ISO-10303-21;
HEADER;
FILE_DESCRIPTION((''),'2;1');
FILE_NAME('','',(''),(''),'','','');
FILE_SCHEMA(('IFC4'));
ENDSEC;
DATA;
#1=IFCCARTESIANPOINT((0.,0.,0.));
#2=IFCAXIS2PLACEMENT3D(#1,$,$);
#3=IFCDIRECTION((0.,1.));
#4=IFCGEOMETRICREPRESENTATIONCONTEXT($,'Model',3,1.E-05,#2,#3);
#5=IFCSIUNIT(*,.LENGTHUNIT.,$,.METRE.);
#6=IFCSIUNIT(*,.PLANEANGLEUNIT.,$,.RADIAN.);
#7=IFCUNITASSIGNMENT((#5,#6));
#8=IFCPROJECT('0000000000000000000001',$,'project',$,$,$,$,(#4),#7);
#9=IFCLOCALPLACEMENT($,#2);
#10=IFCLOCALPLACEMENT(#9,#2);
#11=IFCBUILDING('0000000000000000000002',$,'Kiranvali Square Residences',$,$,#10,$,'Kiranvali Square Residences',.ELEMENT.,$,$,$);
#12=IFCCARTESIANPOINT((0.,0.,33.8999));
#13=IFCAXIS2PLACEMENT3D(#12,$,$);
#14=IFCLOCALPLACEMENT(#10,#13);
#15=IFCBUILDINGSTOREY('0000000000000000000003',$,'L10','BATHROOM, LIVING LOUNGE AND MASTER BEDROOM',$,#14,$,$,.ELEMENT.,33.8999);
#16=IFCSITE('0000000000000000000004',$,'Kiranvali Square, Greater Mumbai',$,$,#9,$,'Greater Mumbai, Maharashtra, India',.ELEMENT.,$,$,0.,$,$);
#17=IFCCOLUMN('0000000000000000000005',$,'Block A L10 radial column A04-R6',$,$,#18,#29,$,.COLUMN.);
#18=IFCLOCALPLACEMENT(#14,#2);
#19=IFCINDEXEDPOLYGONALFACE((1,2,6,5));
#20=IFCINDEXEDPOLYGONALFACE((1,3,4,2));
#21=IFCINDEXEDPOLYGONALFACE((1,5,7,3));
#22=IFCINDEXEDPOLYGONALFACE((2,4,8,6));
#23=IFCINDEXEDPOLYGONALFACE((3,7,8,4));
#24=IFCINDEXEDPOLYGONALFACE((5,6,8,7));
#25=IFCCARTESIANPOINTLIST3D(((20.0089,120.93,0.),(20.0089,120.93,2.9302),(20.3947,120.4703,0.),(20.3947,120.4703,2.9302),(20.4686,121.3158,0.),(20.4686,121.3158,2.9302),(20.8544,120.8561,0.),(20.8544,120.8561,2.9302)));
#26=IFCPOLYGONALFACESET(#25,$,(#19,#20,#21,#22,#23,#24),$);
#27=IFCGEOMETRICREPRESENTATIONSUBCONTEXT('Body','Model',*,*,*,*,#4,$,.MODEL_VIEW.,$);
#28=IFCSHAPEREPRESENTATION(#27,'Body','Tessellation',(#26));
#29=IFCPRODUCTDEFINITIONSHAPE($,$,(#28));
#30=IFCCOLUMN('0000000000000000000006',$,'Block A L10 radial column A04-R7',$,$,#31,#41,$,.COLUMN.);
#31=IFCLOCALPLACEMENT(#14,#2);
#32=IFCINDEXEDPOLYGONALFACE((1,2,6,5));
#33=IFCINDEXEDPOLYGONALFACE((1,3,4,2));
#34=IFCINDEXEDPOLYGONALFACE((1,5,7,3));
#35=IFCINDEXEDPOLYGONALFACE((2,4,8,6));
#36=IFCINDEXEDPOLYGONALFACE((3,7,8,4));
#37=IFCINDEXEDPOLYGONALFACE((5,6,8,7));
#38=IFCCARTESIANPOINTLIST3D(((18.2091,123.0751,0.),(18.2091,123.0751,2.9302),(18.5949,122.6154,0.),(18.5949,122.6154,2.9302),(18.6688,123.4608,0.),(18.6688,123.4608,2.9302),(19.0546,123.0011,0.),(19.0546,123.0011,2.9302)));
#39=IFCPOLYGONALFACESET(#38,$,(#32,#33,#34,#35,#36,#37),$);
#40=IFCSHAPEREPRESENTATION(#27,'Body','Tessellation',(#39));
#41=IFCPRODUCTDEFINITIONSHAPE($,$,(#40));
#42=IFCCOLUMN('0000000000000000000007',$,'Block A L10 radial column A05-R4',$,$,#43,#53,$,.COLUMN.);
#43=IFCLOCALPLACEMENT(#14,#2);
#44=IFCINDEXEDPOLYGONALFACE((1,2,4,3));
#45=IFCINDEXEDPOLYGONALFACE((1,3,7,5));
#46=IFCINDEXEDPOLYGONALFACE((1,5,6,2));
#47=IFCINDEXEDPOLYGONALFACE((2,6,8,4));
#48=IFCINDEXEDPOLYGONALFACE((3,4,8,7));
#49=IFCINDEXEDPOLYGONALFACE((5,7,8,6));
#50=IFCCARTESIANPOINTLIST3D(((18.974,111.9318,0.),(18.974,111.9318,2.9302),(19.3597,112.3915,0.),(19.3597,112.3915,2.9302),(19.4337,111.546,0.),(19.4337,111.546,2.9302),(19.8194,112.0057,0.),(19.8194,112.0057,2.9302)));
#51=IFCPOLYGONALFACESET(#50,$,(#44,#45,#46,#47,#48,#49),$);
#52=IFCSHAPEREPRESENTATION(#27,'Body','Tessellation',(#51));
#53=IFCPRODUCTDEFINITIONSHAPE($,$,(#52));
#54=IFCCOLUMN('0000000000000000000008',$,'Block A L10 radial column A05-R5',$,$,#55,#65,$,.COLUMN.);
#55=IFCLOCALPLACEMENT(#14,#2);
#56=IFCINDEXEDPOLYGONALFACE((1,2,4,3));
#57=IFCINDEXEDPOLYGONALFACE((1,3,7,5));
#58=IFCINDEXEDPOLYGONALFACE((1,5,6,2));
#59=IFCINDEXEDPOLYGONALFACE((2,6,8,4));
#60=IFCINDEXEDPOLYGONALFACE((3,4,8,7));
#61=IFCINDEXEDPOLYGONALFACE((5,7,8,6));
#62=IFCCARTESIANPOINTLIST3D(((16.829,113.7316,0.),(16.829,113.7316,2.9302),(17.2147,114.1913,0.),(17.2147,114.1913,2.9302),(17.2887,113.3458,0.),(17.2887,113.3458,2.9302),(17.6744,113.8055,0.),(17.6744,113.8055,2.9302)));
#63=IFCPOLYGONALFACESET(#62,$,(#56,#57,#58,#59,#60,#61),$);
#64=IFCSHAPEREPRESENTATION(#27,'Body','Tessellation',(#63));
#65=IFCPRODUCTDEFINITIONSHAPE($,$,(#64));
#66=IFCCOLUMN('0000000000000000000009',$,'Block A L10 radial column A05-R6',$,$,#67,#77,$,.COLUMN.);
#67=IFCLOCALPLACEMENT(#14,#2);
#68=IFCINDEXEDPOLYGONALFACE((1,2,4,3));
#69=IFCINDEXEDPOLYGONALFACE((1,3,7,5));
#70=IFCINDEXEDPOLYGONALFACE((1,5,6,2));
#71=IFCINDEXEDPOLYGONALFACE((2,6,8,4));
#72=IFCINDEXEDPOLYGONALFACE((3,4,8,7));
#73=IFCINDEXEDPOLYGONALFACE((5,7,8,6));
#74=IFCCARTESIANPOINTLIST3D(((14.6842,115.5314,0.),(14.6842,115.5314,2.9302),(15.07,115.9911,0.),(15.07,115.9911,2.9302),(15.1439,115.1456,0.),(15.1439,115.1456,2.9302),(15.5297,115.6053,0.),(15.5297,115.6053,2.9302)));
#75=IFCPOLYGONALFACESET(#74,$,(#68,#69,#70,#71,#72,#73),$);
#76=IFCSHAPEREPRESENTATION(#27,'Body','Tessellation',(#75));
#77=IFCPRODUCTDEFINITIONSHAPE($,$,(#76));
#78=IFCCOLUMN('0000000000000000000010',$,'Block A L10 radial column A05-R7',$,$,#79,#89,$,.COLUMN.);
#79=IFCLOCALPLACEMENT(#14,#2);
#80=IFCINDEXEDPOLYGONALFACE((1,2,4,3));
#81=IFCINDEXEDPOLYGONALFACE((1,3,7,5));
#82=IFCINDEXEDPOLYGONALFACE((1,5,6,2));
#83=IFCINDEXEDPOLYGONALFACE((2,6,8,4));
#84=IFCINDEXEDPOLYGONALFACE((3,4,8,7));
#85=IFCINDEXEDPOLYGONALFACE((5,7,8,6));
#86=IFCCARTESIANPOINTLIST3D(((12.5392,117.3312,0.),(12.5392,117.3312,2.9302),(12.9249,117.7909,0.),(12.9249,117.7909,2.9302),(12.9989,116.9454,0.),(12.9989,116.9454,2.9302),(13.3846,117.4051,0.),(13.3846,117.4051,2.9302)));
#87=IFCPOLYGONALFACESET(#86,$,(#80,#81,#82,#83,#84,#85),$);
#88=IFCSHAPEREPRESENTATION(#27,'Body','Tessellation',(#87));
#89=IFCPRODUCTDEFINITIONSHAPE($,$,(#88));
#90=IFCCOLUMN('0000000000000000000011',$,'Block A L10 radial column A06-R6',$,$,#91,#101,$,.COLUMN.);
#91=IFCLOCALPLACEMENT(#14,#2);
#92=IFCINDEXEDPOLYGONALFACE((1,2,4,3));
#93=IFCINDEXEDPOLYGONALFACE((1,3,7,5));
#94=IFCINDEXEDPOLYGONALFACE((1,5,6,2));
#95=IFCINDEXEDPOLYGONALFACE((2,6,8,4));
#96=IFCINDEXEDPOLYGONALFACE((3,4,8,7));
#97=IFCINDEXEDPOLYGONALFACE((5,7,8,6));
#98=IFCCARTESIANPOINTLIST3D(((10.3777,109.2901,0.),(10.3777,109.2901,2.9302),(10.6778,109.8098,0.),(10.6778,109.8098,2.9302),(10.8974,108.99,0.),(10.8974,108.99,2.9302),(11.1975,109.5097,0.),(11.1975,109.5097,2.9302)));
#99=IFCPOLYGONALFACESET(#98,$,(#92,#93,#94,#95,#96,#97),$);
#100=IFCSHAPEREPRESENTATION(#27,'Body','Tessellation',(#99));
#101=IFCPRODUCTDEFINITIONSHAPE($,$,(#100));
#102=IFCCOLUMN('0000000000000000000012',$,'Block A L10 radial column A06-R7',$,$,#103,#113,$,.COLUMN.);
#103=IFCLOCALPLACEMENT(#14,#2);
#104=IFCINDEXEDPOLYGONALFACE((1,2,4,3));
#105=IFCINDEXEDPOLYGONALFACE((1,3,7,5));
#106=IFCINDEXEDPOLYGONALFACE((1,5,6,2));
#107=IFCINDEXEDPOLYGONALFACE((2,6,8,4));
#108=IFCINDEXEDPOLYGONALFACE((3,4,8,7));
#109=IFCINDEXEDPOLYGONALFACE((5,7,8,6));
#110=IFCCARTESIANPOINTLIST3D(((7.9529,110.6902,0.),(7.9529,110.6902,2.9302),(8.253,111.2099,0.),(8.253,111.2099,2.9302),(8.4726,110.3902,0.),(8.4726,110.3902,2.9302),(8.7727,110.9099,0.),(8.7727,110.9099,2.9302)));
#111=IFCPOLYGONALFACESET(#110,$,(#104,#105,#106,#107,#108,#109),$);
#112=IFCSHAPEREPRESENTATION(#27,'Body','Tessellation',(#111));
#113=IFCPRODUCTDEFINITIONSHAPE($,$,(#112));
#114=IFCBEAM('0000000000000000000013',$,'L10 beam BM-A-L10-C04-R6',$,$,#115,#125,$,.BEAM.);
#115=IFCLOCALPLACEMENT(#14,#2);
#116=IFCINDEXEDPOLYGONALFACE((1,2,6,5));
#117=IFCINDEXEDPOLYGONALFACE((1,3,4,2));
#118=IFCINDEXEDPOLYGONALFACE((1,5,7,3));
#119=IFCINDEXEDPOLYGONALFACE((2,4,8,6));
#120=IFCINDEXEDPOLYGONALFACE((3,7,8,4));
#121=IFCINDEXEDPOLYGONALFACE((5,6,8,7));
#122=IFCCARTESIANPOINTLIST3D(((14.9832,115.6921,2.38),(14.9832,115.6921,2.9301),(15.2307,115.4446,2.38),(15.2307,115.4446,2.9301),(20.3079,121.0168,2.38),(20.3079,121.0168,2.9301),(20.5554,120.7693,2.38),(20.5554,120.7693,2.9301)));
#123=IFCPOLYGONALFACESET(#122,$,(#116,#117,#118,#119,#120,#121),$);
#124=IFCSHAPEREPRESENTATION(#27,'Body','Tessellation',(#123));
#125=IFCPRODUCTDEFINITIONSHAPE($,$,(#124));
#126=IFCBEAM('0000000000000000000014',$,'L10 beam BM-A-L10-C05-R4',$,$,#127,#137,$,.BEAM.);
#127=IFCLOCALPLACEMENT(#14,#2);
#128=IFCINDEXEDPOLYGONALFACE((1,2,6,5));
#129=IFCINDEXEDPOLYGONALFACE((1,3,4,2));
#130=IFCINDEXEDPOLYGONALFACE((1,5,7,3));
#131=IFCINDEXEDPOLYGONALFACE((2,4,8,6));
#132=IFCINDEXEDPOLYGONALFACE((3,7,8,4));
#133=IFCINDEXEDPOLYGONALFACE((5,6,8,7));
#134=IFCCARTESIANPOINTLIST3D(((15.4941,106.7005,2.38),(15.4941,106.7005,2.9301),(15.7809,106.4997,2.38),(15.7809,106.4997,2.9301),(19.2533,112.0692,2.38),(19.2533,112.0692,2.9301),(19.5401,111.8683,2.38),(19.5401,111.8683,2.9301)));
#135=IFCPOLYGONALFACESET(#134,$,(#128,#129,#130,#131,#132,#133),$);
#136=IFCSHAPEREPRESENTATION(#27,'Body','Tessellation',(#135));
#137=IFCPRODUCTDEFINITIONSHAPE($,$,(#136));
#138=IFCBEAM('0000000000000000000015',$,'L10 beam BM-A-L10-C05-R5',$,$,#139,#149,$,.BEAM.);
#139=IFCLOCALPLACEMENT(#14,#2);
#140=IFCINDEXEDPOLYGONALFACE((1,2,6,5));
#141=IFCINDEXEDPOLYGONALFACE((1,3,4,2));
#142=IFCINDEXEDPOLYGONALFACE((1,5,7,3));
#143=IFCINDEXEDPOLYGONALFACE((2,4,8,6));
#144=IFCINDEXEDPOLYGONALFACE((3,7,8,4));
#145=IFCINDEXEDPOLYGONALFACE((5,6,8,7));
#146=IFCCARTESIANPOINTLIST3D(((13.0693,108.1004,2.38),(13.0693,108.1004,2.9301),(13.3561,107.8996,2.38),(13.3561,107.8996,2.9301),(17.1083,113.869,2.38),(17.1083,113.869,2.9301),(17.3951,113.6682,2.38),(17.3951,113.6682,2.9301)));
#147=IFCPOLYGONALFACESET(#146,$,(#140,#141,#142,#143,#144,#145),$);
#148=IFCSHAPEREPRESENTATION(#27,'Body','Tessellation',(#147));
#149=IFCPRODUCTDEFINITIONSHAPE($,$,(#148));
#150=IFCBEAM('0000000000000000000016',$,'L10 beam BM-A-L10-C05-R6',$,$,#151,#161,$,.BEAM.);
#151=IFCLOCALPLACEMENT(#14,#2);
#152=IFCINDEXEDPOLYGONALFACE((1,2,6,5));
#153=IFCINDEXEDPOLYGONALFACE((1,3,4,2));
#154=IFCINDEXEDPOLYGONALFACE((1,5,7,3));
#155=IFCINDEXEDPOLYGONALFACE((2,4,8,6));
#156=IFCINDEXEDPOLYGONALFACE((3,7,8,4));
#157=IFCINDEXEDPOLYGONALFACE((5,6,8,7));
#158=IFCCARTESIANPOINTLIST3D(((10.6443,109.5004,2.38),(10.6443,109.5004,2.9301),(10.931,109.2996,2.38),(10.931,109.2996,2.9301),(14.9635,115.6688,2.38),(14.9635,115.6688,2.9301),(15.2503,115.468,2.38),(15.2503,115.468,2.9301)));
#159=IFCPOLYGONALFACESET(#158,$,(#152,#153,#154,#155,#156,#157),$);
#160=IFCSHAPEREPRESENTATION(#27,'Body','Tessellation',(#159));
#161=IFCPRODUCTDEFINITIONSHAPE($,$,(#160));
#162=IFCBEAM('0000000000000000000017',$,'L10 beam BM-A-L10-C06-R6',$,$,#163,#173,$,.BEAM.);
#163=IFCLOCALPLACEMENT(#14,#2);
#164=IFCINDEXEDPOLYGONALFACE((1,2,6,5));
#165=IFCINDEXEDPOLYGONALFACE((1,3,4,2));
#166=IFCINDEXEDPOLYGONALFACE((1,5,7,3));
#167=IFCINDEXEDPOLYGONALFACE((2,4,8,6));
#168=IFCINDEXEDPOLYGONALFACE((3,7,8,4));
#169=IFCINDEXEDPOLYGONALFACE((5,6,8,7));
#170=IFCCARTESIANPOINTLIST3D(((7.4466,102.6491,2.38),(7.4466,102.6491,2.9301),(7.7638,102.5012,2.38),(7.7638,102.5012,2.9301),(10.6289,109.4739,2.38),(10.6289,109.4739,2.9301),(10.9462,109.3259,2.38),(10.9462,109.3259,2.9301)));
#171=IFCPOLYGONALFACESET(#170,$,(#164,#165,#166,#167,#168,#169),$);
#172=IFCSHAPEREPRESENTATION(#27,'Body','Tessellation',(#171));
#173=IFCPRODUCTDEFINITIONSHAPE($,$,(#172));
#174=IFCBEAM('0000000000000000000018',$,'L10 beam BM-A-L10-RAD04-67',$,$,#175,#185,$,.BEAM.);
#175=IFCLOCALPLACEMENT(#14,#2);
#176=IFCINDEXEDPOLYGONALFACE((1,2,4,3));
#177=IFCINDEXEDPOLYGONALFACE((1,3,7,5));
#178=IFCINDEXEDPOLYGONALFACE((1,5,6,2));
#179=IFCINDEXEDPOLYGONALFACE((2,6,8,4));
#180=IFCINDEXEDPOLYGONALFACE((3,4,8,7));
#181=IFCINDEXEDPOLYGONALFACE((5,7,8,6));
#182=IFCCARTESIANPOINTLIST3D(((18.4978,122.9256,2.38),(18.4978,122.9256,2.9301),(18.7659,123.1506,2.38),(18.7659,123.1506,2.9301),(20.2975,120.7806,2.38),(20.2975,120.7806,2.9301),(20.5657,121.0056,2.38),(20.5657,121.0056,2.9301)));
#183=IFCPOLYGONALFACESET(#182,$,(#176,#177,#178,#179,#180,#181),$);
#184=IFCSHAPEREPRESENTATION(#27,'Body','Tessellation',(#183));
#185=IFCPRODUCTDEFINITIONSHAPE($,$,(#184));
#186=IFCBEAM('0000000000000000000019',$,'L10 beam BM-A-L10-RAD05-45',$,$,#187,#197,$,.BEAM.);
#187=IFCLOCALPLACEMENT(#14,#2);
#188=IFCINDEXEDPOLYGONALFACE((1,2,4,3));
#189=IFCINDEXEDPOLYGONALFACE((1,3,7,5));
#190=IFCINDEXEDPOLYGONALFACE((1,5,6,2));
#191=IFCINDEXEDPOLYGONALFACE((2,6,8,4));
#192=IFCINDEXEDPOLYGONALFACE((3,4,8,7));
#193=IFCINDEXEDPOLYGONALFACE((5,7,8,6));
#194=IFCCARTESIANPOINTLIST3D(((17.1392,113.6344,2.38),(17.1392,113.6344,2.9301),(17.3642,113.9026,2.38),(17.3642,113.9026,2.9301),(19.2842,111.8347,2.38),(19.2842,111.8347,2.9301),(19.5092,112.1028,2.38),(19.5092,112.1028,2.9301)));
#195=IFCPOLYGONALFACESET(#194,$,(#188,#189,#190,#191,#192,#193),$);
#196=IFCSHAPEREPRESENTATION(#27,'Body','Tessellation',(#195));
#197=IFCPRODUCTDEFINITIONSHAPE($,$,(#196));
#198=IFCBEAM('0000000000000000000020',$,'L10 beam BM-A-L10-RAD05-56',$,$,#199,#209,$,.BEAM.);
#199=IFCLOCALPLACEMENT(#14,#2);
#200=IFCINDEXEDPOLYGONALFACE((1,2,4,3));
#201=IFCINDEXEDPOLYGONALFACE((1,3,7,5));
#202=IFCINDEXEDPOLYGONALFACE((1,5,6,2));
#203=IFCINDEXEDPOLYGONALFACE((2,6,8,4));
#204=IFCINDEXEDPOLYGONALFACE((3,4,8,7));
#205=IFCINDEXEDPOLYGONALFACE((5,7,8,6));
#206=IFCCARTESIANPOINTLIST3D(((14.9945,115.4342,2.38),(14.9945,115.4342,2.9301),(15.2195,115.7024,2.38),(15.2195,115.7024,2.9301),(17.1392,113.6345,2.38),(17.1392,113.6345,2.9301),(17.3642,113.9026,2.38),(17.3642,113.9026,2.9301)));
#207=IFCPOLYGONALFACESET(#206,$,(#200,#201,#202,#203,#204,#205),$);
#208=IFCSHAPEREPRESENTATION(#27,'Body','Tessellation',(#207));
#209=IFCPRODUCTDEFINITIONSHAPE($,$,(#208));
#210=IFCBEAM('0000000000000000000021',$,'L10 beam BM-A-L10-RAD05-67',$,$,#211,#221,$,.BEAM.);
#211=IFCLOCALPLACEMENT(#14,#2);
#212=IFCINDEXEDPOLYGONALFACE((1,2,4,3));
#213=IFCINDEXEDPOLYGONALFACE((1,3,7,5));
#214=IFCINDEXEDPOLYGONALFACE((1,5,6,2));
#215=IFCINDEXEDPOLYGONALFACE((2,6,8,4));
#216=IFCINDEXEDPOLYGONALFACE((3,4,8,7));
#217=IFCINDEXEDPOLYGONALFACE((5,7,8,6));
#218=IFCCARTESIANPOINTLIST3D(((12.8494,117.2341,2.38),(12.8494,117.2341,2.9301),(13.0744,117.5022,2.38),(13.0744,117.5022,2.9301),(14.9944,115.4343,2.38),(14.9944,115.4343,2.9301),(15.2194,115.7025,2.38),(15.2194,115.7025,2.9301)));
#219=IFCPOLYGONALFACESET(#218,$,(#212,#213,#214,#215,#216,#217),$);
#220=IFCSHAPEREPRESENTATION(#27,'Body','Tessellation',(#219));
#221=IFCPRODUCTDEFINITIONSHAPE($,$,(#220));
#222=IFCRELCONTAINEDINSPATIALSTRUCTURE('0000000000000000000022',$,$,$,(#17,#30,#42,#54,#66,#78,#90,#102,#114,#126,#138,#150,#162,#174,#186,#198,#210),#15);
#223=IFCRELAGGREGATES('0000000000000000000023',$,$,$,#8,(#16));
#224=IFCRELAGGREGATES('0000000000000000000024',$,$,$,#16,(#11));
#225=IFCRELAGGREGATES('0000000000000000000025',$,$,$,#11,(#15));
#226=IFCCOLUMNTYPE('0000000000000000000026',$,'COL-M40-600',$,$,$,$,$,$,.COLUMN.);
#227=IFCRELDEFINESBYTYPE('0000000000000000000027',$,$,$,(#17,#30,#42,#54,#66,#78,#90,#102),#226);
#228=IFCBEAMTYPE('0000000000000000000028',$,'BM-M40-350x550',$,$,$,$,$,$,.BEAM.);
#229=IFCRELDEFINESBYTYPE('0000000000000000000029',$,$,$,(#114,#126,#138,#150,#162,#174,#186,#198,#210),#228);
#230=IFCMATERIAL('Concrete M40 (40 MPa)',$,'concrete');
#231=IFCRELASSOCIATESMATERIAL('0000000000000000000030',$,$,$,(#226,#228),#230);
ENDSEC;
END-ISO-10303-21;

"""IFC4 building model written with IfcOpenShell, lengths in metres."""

from ifc_helpers import new_model, si_unit, direction, frame, origin, origin_2d, place, context, subcontext, project, spatial, rectangle, extrude, material, material_profile, profile_set, type_object, element, save


model = new_model("IFC4")

# Units and contexts
model_context = context("Model", 3, precision=1e-05, world=origin(), true_north=direction((0.0, 1.0)))
body_context = subcontext(model_context, "Body", "Model", "MODEL_VIEW")
ifc_project = project(units=[si_unit("LENGTHUNIT", "METRE"), si_unit("PLANEANGLEUNIT", "RADIAN")], contexts=[model_context])

# Site, building, storey
site_placement = place(None, origin())
site = spatial("IfcSite", under=ifc_project, at=site_placement, Name="Kiranvali Square, Greater Mumbai", LongName="Greater Mumbai, Maharashtra, India", CompositionType="ELEMENT", RefElevation=0.0)
building_placement = place(site_placement, origin())
building = spatial("IfcBuilding", under=site, at=building_placement, Name="Kiranvali Square Residences", LongName="Kiranvali Square Residences", CompositionType="ELEMENT")
storey_placement = place(building_placement, frame((0.0, 0.0, 33.8999)))
storey = spatial("IfcBuildingStorey", under=building, at=storey_placement, Name="L10", Description="BATHROOM, LIVING LOUNGE AND MASTER BEDROOM", CompositionType="ELEMENT", Elevation=33.8999)

# Columns
ifc_material_1 = material(Name="Concrete M40 (40 MPa)", Category="concrete")
ifc_material_profile_1 = material_profile(ifc_material_1, rectangle(XDim=0.6001, YDim=0.6001, at=origin_2d()), Name="RC 600x600")
ifc_profile_set_1 = profile_set([ifc_material_profile_1], Name="Concrete M40 (40 MPa)")
column_type = type_object("IfcColumnType", Name="COL-M40-600", PredefinedType="COLUMN", material=ifc_profile_set_1)
for number, where, z_axis, x_axis, name in (
    (1, (20.4316, 120.8931, 0.0), (0.0, 0.0, 1.0), (0.766044, 0.642788, 0.0), "Block A L10 radial column A04-R6"),
    (2, (18.6318, 123.0381, 0.0), (0.0, 0.0, 1.0), (0.766044, 0.642788, 0.0), "Block A L10 radial column A04-R7"),
    (3, (19.3967, 111.9688, 0.0), (0.0, 0.0, 1.0), (0.642788, 0.766044, 0.0), "Block A L10 radial column A05-R4"),
    (4, (17.2517, 113.7686, 0.0), (0.0, 0.0, 1.0), (0.642788, 0.766044, 0.0), "Block A L10 radial column A05-R5"),
    (5, (15.1069, 115.5684, 0.0), (0.0, 0.0, 1.0), (0.642788, 0.766044, 0.0), "Block A L10 radial column A05-R6"),
    (6, (12.9619, 117.3682, 0.0), (0.0, 0.0, 1.0), (0.642788, 0.766044, 0.0), "Block A L10 radial column A05-R7"),
    (7, (10.7876, 109.3999, 0.0), (0.0, 0.0, 1.0), (0.5, 0.866025, 0.0), "Block A L10 radial column A06-R6"),
    (8, (8.3628, 110.8, 0.0), (0.0, 0.0, 1.0), (0.5, 0.866025, 0.0), "Block A L10 radial column A06-R7"),
):
    element("IfcColumn", number, at=place(storey_placement, frame(where, z_axis=z_axis, x_axis=x_axis)), inside=storey, type_object=column_type, Name=name, PredefinedType="COLUMN", context=body_context, shape_type="SweptSolid", body=[
        extrude(rectangle(XDim=0.6001, YDim=0.6001, at=origin_2d()), origin(), (0.0, 0.0, 1.0), 2.9302),
    ])

# Beams
ifc_material_profile_2 = material_profile(ifc_material_1, rectangle(XDim=0.3501, YDim=0.55, at=origin_2d()), Name="RC 350x550")
ifc_profile_set_2 = profile_set([ifc_material_profile_2], Name="Concrete M40 (40 MPa)")
beam_type_1 = type_object("IfcBeamType", Name="BM-M40-350x550", PredefinedType="BEAM", material=ifc_profile_set_2)
beam_1_placement = place(storey_placement, frame((20.4316, 120.8931, 2.655), z_axis=(-0.707107, -0.707107, 0.0), x_axis=(0.707107, -0.707107, 0.0)))
element("IfcBeam", 9, at=beam_1_placement, inside=storey, type_object=beam_type_1, Name="L10 beam BM-A-L10-C04-R6", PredefinedType="BEAM", context=body_context, shape_type="SweptSolid", body=[
    extrude(rectangle(XDim=0.3501, YDim=0.55, at=origin_2d()), origin(), (0.0, 0.0, 1.0), 7.5303),
])
beam_2_placement = place(storey_placement, frame((19.3967, 111.9688, 2.655), z_axis=(-0.573587, -0.819144, 0.0), x_axis=(0.819144, -0.573587, 0.0)))
element("IfcBeam", 10, at=beam_2_placement, inside=storey, type_object=beam_type_1, Name="L10 beam BM-A-L10-C05-R4", PredefinedType="BEAM", context=body_context, shape_type="SweptSolid", body=[
    extrude(rectangle(XDim=0.3501, YDim=0.55, at=origin_2d()), origin(), (0.0, 0.0, 1.0), 6.554),
])
beam_3_placement = place(storey_placement, frame((17.2517, 113.7686, 2.655), z_axis=(-0.573565, -0.81916, 0.0), x_axis=(0.81916, -0.573565, 0.0)))
element("IfcBeam", 11, at=beam_3_placement, inside=storey, type_object=beam_type_1, Name="L10 beam BM-A-L10-C05-R5", PredefinedType="BEAM", context=body_context, shape_type="SweptSolid", body=[
    extrude(rectangle(XDim=0.3501, YDim=0.55, at=origin_2d()), origin(), (0.0, 0.0, 1.0), 7.042),
])
for number, where, z_axis, x_axis, name in (
    (12, (15.1069, 115.5684, 2.655), (-0.573589, -0.819144, 0.0), (0.819144, -0.573589, 0.0), "L10 beam BM-A-L10-C05-R6"),
    (13, (10.7876, 109.3999, 2.655), (-0.422614, -0.90631, 0.0), (0.90631, -0.422614, 0.0), "L10 beam BM-A-L10-C06-R6"),
):
    element("IfcBeam", number, at=place(storey_placement, frame(where, z_axis=z_axis, x_axis=x_axis)), inside=storey, type_object=beam_type_1, Name=name, PredefinedType="BEAM", context=body_context, shape_type="SweptSolid", body=[
        extrude(rectangle(XDim=0.3501, YDim=0.55, at=origin_2d()), origin(), (0.0, 0.0, 1.0), 7.5303),
    ])
for number, where, z_axis, x_axis, name in (
    (14, (20.4316, 120.8931, 2.655), (-0.642771, 0.766059, 0.0), (-0.766059, -0.642771, 0.0), "L10 beam BM-A-L10-RAD04-67"),
    (15, (19.3967, 111.9688, 2.655), (-0.766059, 0.642771, 0.0), (-0.642771, -0.766059, 0.0), "L10 beam BM-A-L10-RAD05-45"),
):
    element("IfcBeam", number, at=place(storey_placement, frame(where, z_axis=z_axis, x_axis=x_axis)), inside=storey, type_object=beam_type_1, Name=name, PredefinedType="BEAM", context=body_context, shape_type="SweptSolid", body=[
        extrude(rectangle(XDim=0.3501, YDim=0.55, at=origin_2d()), origin(), (0.0, 0.0, 1.0), 2.8),
    ])
beam_4_placement = place(storey_placement, frame((17.2517, 113.7686, 2.655), z_axis=(-0.766023, 0.642814, 0.0), x_axis=(-0.642814, -0.766023, 0.0)))
element("IfcBeam", 16, at=beam_4_placement, inside=storey, type_object=beam_type_1, Name="L10 beam BM-A-L10-RAD05-56", PredefinedType="BEAM", context=body_context, shape_type="SweptSolid", body=[
    extrude(rectangle(XDim=0.3501, YDim=0.55, at=origin_2d()), origin(), (0.0, 0.0, 1.0), 2.7998),
])
for number, where, z_axis, x_axis, name in (
    (17, (15.1069, 115.5684, 2.655), (-0.766059, 0.642771, 0.0), (-0.642771, -0.766059, 0.0), "L10 beam BM-A-L10-RAD05-67"),
):
    element("IfcBeam", number, at=place(storey_placement, frame(where, z_axis=z_axis, x_axis=x_axis)), inside=storey, type_object=beam_type_1, Name=name, PredefinedType="BEAM", context=body_context, shape_type="SweptSolid", body=[
        extrude(rectangle(XDim=0.3501, YDim=0.55, at=origin_2d()), origin(), (0.0, 0.0, 1.0), 2.8),
    ])

save(model, "model.ifc")
